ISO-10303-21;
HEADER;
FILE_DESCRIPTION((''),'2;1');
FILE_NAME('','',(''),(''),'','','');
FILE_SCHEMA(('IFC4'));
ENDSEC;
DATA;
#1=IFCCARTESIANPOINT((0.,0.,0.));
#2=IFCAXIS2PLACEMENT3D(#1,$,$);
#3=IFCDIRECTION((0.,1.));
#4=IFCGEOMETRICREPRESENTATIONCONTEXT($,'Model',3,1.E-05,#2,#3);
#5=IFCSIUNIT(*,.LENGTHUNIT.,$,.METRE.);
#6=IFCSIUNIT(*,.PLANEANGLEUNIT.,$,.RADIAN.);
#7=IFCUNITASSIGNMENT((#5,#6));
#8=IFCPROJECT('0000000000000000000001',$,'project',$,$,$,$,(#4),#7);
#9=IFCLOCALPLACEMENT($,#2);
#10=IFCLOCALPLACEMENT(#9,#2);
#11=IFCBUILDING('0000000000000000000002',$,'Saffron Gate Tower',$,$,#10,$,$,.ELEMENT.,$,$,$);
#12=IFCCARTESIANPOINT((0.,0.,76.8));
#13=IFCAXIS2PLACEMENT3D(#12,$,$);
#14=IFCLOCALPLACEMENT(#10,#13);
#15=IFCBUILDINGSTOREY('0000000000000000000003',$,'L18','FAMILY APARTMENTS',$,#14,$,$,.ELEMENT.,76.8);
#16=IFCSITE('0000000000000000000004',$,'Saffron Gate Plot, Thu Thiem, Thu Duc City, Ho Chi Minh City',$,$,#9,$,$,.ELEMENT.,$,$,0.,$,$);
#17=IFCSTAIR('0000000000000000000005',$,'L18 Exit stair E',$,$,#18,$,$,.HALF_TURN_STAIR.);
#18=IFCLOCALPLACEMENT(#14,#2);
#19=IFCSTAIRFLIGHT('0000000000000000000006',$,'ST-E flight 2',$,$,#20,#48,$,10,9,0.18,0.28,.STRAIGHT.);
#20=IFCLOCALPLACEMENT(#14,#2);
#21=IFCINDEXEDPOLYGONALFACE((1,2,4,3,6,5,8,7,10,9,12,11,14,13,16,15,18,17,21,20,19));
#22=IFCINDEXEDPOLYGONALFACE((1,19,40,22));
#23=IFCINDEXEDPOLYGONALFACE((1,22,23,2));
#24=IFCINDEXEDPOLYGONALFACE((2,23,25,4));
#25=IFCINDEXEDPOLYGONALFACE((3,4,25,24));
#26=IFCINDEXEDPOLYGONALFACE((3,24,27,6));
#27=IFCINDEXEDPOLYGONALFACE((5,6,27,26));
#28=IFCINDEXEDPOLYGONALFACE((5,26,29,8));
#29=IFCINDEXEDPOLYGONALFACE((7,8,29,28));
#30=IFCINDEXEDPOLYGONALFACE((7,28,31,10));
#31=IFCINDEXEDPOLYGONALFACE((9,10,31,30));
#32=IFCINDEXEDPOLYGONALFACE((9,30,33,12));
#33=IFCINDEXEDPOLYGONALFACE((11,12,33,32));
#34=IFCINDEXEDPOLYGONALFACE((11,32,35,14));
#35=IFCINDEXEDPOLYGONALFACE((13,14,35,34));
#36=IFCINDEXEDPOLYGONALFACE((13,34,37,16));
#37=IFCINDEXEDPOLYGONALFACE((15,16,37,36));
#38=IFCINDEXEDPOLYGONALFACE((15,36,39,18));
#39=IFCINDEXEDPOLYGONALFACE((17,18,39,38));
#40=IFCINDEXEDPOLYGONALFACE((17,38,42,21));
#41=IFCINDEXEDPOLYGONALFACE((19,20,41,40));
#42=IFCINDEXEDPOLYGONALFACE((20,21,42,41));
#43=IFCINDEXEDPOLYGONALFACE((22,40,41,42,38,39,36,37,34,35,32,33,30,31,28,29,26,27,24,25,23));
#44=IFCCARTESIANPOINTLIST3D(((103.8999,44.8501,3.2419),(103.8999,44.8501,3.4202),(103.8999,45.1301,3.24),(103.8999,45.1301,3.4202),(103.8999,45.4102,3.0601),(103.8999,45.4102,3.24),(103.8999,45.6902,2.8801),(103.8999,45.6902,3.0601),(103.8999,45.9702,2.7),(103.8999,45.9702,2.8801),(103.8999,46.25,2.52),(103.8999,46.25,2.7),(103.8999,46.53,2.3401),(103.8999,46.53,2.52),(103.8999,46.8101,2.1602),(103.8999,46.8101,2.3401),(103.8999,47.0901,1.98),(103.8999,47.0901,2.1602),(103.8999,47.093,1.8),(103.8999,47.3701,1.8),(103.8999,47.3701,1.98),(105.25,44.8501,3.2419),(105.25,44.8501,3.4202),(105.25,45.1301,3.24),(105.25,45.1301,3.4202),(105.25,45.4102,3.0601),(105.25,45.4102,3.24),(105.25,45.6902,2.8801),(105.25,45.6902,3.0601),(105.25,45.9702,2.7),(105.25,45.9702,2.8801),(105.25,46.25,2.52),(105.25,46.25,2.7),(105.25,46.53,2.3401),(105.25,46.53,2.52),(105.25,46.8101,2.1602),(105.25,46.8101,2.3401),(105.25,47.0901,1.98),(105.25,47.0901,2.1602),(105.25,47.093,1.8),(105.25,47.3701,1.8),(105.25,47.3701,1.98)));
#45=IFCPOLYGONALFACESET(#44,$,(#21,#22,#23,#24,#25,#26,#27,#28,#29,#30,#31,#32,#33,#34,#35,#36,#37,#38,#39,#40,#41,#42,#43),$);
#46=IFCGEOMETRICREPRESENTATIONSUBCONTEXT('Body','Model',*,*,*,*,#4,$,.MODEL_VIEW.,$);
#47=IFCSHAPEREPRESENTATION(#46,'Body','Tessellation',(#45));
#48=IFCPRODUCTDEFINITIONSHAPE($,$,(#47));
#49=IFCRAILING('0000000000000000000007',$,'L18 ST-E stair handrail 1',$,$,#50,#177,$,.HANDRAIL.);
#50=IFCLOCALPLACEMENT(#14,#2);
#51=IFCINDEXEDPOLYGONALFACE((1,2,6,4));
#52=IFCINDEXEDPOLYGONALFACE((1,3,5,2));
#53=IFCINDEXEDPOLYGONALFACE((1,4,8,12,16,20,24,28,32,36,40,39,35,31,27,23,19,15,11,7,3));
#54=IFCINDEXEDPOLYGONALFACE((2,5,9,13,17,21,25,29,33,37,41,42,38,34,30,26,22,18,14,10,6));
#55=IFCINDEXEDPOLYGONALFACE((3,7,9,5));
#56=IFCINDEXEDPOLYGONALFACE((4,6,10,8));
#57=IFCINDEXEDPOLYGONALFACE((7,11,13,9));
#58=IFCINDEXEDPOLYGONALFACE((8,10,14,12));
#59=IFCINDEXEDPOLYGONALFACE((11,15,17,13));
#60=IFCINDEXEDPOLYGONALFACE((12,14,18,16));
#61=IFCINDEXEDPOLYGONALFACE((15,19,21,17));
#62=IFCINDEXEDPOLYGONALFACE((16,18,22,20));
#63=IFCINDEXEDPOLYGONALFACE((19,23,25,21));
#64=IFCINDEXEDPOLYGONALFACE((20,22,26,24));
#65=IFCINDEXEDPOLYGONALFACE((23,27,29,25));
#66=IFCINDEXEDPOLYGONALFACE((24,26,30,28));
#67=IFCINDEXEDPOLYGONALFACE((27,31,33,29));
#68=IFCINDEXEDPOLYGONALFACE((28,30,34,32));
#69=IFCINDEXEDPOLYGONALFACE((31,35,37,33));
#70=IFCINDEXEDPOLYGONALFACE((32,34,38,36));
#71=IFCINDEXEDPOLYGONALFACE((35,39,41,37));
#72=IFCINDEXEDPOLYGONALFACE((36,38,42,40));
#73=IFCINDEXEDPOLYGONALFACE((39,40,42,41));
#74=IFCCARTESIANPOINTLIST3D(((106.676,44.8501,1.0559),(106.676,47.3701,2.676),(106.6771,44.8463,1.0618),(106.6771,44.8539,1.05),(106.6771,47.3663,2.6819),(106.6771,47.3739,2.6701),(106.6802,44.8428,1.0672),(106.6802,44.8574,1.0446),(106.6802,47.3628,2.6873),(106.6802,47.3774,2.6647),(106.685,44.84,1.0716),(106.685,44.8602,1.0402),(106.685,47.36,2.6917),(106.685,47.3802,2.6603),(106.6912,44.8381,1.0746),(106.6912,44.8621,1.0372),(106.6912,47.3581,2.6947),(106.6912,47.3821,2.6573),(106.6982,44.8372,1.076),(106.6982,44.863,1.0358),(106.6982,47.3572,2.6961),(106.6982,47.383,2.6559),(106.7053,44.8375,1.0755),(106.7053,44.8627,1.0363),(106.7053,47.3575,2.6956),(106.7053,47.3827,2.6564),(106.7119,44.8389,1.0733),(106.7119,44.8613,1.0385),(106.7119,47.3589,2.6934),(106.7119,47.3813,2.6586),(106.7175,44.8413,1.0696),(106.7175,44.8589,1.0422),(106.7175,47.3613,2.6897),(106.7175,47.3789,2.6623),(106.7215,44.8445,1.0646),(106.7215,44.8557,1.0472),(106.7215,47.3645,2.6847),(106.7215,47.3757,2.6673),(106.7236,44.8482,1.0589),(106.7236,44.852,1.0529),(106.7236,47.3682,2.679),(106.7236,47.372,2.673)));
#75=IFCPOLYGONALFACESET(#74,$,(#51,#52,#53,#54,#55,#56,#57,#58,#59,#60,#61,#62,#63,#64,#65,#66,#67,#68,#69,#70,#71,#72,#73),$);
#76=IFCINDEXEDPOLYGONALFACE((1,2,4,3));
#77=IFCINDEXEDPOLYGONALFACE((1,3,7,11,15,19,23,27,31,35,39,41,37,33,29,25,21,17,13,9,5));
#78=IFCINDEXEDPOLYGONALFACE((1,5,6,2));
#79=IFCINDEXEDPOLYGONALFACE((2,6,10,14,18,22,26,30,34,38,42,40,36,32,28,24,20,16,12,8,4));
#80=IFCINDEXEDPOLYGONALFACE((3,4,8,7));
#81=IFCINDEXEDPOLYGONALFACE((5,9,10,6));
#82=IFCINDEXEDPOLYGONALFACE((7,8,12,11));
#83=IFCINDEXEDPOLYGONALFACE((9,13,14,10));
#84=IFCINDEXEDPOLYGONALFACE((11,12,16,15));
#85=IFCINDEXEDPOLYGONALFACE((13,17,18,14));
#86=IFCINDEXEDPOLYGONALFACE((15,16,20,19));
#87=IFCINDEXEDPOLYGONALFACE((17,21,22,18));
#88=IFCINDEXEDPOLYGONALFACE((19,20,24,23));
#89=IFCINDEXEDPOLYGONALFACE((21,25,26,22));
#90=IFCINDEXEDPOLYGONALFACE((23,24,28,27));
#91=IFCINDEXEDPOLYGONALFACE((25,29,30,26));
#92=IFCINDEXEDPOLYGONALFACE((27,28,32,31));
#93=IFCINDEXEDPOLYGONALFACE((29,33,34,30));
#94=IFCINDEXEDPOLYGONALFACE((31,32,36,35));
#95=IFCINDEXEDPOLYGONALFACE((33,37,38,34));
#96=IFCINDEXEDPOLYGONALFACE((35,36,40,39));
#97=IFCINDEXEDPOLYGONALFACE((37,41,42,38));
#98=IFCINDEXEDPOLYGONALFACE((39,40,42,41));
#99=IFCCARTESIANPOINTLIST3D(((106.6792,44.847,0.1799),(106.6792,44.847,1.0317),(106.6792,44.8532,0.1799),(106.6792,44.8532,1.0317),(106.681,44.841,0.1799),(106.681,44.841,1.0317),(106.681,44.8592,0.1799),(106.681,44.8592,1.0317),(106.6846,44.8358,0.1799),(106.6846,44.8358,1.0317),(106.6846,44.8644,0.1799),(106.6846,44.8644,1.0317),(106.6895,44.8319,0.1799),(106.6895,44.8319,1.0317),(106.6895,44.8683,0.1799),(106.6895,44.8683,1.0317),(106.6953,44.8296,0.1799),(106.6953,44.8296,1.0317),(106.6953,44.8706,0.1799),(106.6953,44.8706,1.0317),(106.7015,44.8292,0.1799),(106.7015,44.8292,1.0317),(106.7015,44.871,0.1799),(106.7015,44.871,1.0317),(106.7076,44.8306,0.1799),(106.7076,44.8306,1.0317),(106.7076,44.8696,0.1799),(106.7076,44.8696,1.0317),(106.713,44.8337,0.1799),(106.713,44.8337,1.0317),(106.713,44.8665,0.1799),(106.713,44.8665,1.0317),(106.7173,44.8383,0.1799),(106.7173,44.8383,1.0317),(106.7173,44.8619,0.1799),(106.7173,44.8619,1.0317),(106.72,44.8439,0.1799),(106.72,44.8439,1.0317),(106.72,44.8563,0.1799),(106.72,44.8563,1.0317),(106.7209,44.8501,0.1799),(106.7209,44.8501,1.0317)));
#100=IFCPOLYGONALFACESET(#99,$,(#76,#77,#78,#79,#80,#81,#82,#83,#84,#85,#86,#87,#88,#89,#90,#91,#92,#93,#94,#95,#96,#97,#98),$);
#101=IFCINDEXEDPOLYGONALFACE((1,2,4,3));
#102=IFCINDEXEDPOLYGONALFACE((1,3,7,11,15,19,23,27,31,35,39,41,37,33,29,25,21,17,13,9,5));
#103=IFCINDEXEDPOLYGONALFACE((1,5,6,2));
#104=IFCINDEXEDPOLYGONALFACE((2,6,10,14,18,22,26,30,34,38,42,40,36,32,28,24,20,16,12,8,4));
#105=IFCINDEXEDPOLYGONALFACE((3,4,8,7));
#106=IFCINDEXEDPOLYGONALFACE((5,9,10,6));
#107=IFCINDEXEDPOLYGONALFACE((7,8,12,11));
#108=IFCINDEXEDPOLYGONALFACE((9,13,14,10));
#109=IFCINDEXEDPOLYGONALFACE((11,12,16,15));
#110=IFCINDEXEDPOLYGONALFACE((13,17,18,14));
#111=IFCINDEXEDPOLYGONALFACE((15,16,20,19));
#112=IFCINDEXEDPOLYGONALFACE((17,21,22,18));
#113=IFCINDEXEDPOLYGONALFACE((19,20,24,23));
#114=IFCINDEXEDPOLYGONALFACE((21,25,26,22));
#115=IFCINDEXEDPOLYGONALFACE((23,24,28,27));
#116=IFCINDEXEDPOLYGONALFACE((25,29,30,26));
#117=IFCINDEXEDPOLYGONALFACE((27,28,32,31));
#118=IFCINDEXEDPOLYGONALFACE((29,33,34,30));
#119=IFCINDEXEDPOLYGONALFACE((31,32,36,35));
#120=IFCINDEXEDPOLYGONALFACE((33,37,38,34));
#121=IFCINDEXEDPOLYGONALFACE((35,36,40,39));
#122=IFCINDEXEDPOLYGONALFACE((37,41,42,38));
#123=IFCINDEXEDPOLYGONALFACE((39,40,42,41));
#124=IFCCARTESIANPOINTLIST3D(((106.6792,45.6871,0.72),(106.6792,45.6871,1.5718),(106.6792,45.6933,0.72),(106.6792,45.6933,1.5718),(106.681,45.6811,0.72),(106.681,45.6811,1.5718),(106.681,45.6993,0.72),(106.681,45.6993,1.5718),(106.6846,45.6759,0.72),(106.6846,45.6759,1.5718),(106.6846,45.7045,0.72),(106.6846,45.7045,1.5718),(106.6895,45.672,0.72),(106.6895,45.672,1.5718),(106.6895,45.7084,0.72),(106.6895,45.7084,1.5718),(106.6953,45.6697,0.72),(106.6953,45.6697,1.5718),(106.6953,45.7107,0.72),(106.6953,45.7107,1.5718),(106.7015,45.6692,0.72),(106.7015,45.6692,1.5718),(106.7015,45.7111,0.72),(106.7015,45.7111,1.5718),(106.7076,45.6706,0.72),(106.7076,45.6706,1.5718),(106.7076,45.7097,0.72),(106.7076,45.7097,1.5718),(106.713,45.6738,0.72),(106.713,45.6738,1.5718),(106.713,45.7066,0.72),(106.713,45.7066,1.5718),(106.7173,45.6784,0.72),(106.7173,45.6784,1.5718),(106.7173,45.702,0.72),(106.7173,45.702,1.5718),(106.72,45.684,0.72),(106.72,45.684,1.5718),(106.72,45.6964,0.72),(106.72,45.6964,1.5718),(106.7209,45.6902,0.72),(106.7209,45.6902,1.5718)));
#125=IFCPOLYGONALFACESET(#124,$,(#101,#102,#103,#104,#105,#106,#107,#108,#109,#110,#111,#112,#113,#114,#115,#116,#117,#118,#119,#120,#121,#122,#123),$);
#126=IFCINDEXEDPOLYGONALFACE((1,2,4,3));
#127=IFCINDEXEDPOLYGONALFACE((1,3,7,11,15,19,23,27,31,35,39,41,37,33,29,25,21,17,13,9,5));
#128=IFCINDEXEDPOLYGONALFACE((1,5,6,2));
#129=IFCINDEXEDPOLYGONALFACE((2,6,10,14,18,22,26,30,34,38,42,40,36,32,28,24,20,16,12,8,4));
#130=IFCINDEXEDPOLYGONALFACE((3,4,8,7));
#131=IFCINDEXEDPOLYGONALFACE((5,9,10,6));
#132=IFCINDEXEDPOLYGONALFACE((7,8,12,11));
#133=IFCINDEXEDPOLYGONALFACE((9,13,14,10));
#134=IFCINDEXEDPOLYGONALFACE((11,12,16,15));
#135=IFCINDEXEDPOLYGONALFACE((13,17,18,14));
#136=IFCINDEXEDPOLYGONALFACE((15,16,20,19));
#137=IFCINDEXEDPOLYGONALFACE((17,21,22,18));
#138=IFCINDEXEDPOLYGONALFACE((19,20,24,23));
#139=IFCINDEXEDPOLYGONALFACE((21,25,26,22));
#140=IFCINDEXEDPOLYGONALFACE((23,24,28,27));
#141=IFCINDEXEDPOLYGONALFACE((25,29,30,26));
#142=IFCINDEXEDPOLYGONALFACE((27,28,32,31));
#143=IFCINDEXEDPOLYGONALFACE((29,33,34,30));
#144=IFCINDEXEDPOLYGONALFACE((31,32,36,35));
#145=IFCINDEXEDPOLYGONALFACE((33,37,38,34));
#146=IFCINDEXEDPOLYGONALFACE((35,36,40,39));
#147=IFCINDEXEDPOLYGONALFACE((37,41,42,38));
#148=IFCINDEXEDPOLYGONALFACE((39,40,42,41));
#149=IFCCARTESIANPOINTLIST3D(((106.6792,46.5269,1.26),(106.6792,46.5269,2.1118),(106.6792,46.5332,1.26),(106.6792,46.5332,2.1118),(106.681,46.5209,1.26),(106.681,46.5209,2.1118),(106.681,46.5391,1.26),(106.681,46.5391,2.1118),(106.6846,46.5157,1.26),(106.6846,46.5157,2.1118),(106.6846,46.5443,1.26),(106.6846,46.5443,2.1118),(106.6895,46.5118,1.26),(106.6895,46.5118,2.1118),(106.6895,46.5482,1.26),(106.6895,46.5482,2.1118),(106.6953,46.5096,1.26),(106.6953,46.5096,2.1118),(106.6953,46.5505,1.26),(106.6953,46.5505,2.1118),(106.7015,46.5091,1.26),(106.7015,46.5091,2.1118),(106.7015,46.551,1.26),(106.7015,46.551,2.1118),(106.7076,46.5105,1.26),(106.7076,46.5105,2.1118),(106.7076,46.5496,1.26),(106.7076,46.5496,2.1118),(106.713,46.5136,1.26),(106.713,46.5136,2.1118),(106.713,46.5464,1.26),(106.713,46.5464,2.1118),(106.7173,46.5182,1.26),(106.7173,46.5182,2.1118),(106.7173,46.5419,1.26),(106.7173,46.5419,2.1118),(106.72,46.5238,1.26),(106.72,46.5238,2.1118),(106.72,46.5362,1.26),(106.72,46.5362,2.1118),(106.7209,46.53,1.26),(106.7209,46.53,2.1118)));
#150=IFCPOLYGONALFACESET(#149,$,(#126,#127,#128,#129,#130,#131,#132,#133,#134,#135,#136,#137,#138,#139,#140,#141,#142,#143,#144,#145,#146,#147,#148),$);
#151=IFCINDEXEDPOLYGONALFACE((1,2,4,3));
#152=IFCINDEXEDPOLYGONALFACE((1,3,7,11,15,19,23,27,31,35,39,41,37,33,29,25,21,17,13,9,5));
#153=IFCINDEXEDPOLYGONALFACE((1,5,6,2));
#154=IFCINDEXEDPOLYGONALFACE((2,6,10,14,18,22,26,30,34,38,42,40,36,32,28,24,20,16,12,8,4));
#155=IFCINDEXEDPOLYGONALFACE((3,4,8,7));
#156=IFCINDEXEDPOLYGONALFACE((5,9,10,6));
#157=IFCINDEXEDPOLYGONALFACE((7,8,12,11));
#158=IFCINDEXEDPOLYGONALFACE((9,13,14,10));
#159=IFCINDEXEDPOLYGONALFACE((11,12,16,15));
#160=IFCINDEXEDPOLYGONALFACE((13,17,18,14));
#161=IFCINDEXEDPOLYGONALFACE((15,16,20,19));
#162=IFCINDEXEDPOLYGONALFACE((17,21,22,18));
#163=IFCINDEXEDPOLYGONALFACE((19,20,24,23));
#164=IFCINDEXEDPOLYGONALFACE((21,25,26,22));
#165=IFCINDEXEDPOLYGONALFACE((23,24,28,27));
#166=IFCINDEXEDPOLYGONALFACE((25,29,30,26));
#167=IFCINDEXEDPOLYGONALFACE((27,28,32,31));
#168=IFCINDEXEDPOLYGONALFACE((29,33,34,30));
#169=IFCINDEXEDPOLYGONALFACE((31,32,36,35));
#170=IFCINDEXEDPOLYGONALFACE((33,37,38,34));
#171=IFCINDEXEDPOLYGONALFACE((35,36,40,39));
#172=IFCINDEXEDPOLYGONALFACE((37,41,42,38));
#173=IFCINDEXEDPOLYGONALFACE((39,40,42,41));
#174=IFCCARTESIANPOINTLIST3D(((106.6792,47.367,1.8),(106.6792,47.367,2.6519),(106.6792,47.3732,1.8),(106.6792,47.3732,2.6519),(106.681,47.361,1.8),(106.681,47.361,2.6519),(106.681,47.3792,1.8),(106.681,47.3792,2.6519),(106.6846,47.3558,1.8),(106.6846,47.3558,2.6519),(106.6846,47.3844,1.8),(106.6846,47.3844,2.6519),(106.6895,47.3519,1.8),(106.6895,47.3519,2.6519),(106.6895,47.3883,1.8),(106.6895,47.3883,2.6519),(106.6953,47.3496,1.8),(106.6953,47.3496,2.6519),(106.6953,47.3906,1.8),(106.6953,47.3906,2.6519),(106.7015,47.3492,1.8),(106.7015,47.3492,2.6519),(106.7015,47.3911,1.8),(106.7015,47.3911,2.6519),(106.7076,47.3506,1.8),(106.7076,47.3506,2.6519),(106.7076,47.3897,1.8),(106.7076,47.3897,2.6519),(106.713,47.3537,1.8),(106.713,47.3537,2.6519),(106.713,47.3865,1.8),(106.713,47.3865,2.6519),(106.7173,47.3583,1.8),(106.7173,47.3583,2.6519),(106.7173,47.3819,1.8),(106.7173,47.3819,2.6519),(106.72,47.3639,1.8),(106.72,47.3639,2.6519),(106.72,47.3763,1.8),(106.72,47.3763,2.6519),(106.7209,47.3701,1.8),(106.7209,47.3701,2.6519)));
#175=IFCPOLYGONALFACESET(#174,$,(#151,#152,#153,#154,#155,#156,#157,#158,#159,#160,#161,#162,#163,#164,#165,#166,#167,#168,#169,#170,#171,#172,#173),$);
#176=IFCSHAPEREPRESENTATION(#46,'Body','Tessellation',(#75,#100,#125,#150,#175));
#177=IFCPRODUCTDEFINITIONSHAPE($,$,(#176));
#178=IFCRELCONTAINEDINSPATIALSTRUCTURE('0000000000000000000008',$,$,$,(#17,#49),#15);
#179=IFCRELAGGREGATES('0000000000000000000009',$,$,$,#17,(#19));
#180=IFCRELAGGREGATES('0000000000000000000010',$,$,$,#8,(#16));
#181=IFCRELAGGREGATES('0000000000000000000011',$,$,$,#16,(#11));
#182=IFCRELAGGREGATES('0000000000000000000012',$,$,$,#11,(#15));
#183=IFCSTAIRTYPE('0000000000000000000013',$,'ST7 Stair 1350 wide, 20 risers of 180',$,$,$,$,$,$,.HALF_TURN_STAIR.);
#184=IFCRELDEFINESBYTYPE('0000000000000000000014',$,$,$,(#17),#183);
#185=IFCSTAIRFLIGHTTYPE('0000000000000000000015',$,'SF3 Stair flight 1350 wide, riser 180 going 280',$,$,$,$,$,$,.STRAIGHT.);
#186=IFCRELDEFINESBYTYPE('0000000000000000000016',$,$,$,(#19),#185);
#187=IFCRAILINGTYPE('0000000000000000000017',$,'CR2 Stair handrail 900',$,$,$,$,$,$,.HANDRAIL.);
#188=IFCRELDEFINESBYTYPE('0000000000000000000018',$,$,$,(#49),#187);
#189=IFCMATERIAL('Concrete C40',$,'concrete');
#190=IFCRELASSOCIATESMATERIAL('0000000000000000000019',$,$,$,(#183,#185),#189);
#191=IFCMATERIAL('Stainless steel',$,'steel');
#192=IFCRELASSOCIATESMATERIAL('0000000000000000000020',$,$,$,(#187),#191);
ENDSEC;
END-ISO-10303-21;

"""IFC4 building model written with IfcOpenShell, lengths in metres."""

from ifc_helpers import new_model, si_unit, direction, frame, origin, origin_2d, place, context, subcontext, project, spatial, polyline, circle, outline, extrude, material, type_object, element, aggregate, save


model = new_model("IFC4")

# Units and contexts
model_context = context("Model", 3, precision=1e-05, world=origin(), true_north=direction((0.0, 1.0)))
body_context = subcontext(model_context, "Body", "Model", "MODEL_VIEW")
ifc_project = project(units=[si_unit("LENGTHUNIT", "METRE"), si_unit("PLANEANGLEUNIT", "RADIAN")], contexts=[model_context])

# Site, building, storey
site_placement = place(None, origin())
site = spatial("IfcSite", under=ifc_project, at=site_placement, Name="Saffron Gate Plot, Thu Thiem, Thu Duc City, Ho Chi Minh City", CompositionType="ELEMENT", RefElevation=0.0)
building_placement = place(site_placement, origin())
building = spatial("IfcBuilding", under=site, at=building_placement, Name="Saffron Gate Tower", CompositionType="ELEMENT")
storey_placement = place(building_placement, frame((0.0, 0.0, 76.8)))
storey = spatial("IfcBuildingStorey", under=building, at=storey_placement, Name="L18", Description="FAMILY APARTMENTS", CompositionType="ELEMENT", Elevation=76.8)

# Stair, stair flight
ifc_material_1 = material(Name="Concrete C40", Category="concrete")
stair_type = type_object("IfcStairType", Name="ST7 Stair 1350 wide, 20 risers of 180", PredefinedType="HALF_TURN_STAIR", material=ifc_material_1)
stair_placement = place(storey_placement, origin())
stair = element("IfcStair", 1, at=stair_placement, inside=storey, type_object=stair_type, Name="L18 Exit stair E", PredefinedType="HALF_TURN_STAIR")
stair_flight_type = type_object("IfcStairFlightType", Name="SF3 Stair flight 1350 wide, riser 180 going 280", PredefinedType="STRAIGHT", material=ifc_material_1)
stair_flight_1_placement = place(storey_placement, frame((104.575, 47.3701, 1.8), z_axis=(0.0, 0.0, 1.0), x_axis=(0.0, -1.0, 0.0)))
stair_flight_1 = element("IfcStairFlight", 2, at=stair_flight_1_placement, type_object=stair_flight_type, Name="ST-E flight 2", NumberOfRisers=10, NumberOfTreads=9, PredefinedType="STRAIGHT", RiserHeight=0.18, TreadLength=0.28, context=body_context, shape_type="SweptSolid", body=[
    extrude(outline(polyline([(0.0, 0.0), (0.0, 0.1799), (0.28, 0.1799), (0.28, 0.3601), (0.5601, 0.3601), (0.5601, 0.54), (0.8401, 0.54), (0.8401, 0.72), (1.1201, 0.72), (1.1201, 0.8999), (1.3999, 0.8999), (1.3999, 1.0801), (1.6799, 1.0801), (1.6799, 1.26), (1.96, 1.26), (1.96, 1.4399), (2.24, 1.4399), (2.24, 1.6201), (2.52, 1.6201), (2.52, 1.8), (2.52, 1.4419), (0.2771, 0.0), (0.0, 0.0)])), frame((0.0, 0.675, 0.0), z_axis=(0.0, -1.0, 0.0), x_axis=(1.0, 0.0, 0.0)), (0.0, 0.0, 1.0), 1.3501),
])
aggregate(stair, [stair_flight_1])

# Railing
ifc_material_2 = material(Name="Stainless steel", Category="steel")
railing_type_1 = type_object("IfcRailingType", Name="CR2 Stair handrail 900", PredefinedType="HANDRAIL", material=ifc_material_2)
railing_1_placement = place(storey_placement, frame((106.7, 44.8501, 0.1799)))
element("IfcRailing", 3, at=railing_1_placement, inside=storey, type_object=railing_type_1, Name="L18 ST-E stair handrail 1", PredefinedType="HANDRAIL", context=body_context, shape_type="SweptSolid", body=[
    extrude(circle(Radius=0.0239, at=origin_2d()), frame((0.0, 0.0, 0.876), z_axis=(0.0, 0.841163, 0.540782), x_axis=(-1.0, 0.0, 0.0)), (0.0, 0.0, 1.0), 2.9958),
    extrude(circle(Radius=0.021, at=origin_2d()), origin(), (0.0, 0.0, 1.0), 0.8518),
    extrude(circle(Radius=0.021, at=origin_2d()), frame((0.0, 0.8401, 0.54)), (0.0, 0.0, 1.0), 0.8518),
    extrude(circle(Radius=0.021, at=origin_2d()), frame((0.0, 1.6799, 1.0801)), (0.0, 0.0, 1.0), 0.8518),
    extrude(circle(Radius=0.021, at=origin_2d()), frame((0.0, 2.52, 1.6201)), (0.0, 0.0, 1.0), 0.8518),
])

save(model, "model.ifc")
